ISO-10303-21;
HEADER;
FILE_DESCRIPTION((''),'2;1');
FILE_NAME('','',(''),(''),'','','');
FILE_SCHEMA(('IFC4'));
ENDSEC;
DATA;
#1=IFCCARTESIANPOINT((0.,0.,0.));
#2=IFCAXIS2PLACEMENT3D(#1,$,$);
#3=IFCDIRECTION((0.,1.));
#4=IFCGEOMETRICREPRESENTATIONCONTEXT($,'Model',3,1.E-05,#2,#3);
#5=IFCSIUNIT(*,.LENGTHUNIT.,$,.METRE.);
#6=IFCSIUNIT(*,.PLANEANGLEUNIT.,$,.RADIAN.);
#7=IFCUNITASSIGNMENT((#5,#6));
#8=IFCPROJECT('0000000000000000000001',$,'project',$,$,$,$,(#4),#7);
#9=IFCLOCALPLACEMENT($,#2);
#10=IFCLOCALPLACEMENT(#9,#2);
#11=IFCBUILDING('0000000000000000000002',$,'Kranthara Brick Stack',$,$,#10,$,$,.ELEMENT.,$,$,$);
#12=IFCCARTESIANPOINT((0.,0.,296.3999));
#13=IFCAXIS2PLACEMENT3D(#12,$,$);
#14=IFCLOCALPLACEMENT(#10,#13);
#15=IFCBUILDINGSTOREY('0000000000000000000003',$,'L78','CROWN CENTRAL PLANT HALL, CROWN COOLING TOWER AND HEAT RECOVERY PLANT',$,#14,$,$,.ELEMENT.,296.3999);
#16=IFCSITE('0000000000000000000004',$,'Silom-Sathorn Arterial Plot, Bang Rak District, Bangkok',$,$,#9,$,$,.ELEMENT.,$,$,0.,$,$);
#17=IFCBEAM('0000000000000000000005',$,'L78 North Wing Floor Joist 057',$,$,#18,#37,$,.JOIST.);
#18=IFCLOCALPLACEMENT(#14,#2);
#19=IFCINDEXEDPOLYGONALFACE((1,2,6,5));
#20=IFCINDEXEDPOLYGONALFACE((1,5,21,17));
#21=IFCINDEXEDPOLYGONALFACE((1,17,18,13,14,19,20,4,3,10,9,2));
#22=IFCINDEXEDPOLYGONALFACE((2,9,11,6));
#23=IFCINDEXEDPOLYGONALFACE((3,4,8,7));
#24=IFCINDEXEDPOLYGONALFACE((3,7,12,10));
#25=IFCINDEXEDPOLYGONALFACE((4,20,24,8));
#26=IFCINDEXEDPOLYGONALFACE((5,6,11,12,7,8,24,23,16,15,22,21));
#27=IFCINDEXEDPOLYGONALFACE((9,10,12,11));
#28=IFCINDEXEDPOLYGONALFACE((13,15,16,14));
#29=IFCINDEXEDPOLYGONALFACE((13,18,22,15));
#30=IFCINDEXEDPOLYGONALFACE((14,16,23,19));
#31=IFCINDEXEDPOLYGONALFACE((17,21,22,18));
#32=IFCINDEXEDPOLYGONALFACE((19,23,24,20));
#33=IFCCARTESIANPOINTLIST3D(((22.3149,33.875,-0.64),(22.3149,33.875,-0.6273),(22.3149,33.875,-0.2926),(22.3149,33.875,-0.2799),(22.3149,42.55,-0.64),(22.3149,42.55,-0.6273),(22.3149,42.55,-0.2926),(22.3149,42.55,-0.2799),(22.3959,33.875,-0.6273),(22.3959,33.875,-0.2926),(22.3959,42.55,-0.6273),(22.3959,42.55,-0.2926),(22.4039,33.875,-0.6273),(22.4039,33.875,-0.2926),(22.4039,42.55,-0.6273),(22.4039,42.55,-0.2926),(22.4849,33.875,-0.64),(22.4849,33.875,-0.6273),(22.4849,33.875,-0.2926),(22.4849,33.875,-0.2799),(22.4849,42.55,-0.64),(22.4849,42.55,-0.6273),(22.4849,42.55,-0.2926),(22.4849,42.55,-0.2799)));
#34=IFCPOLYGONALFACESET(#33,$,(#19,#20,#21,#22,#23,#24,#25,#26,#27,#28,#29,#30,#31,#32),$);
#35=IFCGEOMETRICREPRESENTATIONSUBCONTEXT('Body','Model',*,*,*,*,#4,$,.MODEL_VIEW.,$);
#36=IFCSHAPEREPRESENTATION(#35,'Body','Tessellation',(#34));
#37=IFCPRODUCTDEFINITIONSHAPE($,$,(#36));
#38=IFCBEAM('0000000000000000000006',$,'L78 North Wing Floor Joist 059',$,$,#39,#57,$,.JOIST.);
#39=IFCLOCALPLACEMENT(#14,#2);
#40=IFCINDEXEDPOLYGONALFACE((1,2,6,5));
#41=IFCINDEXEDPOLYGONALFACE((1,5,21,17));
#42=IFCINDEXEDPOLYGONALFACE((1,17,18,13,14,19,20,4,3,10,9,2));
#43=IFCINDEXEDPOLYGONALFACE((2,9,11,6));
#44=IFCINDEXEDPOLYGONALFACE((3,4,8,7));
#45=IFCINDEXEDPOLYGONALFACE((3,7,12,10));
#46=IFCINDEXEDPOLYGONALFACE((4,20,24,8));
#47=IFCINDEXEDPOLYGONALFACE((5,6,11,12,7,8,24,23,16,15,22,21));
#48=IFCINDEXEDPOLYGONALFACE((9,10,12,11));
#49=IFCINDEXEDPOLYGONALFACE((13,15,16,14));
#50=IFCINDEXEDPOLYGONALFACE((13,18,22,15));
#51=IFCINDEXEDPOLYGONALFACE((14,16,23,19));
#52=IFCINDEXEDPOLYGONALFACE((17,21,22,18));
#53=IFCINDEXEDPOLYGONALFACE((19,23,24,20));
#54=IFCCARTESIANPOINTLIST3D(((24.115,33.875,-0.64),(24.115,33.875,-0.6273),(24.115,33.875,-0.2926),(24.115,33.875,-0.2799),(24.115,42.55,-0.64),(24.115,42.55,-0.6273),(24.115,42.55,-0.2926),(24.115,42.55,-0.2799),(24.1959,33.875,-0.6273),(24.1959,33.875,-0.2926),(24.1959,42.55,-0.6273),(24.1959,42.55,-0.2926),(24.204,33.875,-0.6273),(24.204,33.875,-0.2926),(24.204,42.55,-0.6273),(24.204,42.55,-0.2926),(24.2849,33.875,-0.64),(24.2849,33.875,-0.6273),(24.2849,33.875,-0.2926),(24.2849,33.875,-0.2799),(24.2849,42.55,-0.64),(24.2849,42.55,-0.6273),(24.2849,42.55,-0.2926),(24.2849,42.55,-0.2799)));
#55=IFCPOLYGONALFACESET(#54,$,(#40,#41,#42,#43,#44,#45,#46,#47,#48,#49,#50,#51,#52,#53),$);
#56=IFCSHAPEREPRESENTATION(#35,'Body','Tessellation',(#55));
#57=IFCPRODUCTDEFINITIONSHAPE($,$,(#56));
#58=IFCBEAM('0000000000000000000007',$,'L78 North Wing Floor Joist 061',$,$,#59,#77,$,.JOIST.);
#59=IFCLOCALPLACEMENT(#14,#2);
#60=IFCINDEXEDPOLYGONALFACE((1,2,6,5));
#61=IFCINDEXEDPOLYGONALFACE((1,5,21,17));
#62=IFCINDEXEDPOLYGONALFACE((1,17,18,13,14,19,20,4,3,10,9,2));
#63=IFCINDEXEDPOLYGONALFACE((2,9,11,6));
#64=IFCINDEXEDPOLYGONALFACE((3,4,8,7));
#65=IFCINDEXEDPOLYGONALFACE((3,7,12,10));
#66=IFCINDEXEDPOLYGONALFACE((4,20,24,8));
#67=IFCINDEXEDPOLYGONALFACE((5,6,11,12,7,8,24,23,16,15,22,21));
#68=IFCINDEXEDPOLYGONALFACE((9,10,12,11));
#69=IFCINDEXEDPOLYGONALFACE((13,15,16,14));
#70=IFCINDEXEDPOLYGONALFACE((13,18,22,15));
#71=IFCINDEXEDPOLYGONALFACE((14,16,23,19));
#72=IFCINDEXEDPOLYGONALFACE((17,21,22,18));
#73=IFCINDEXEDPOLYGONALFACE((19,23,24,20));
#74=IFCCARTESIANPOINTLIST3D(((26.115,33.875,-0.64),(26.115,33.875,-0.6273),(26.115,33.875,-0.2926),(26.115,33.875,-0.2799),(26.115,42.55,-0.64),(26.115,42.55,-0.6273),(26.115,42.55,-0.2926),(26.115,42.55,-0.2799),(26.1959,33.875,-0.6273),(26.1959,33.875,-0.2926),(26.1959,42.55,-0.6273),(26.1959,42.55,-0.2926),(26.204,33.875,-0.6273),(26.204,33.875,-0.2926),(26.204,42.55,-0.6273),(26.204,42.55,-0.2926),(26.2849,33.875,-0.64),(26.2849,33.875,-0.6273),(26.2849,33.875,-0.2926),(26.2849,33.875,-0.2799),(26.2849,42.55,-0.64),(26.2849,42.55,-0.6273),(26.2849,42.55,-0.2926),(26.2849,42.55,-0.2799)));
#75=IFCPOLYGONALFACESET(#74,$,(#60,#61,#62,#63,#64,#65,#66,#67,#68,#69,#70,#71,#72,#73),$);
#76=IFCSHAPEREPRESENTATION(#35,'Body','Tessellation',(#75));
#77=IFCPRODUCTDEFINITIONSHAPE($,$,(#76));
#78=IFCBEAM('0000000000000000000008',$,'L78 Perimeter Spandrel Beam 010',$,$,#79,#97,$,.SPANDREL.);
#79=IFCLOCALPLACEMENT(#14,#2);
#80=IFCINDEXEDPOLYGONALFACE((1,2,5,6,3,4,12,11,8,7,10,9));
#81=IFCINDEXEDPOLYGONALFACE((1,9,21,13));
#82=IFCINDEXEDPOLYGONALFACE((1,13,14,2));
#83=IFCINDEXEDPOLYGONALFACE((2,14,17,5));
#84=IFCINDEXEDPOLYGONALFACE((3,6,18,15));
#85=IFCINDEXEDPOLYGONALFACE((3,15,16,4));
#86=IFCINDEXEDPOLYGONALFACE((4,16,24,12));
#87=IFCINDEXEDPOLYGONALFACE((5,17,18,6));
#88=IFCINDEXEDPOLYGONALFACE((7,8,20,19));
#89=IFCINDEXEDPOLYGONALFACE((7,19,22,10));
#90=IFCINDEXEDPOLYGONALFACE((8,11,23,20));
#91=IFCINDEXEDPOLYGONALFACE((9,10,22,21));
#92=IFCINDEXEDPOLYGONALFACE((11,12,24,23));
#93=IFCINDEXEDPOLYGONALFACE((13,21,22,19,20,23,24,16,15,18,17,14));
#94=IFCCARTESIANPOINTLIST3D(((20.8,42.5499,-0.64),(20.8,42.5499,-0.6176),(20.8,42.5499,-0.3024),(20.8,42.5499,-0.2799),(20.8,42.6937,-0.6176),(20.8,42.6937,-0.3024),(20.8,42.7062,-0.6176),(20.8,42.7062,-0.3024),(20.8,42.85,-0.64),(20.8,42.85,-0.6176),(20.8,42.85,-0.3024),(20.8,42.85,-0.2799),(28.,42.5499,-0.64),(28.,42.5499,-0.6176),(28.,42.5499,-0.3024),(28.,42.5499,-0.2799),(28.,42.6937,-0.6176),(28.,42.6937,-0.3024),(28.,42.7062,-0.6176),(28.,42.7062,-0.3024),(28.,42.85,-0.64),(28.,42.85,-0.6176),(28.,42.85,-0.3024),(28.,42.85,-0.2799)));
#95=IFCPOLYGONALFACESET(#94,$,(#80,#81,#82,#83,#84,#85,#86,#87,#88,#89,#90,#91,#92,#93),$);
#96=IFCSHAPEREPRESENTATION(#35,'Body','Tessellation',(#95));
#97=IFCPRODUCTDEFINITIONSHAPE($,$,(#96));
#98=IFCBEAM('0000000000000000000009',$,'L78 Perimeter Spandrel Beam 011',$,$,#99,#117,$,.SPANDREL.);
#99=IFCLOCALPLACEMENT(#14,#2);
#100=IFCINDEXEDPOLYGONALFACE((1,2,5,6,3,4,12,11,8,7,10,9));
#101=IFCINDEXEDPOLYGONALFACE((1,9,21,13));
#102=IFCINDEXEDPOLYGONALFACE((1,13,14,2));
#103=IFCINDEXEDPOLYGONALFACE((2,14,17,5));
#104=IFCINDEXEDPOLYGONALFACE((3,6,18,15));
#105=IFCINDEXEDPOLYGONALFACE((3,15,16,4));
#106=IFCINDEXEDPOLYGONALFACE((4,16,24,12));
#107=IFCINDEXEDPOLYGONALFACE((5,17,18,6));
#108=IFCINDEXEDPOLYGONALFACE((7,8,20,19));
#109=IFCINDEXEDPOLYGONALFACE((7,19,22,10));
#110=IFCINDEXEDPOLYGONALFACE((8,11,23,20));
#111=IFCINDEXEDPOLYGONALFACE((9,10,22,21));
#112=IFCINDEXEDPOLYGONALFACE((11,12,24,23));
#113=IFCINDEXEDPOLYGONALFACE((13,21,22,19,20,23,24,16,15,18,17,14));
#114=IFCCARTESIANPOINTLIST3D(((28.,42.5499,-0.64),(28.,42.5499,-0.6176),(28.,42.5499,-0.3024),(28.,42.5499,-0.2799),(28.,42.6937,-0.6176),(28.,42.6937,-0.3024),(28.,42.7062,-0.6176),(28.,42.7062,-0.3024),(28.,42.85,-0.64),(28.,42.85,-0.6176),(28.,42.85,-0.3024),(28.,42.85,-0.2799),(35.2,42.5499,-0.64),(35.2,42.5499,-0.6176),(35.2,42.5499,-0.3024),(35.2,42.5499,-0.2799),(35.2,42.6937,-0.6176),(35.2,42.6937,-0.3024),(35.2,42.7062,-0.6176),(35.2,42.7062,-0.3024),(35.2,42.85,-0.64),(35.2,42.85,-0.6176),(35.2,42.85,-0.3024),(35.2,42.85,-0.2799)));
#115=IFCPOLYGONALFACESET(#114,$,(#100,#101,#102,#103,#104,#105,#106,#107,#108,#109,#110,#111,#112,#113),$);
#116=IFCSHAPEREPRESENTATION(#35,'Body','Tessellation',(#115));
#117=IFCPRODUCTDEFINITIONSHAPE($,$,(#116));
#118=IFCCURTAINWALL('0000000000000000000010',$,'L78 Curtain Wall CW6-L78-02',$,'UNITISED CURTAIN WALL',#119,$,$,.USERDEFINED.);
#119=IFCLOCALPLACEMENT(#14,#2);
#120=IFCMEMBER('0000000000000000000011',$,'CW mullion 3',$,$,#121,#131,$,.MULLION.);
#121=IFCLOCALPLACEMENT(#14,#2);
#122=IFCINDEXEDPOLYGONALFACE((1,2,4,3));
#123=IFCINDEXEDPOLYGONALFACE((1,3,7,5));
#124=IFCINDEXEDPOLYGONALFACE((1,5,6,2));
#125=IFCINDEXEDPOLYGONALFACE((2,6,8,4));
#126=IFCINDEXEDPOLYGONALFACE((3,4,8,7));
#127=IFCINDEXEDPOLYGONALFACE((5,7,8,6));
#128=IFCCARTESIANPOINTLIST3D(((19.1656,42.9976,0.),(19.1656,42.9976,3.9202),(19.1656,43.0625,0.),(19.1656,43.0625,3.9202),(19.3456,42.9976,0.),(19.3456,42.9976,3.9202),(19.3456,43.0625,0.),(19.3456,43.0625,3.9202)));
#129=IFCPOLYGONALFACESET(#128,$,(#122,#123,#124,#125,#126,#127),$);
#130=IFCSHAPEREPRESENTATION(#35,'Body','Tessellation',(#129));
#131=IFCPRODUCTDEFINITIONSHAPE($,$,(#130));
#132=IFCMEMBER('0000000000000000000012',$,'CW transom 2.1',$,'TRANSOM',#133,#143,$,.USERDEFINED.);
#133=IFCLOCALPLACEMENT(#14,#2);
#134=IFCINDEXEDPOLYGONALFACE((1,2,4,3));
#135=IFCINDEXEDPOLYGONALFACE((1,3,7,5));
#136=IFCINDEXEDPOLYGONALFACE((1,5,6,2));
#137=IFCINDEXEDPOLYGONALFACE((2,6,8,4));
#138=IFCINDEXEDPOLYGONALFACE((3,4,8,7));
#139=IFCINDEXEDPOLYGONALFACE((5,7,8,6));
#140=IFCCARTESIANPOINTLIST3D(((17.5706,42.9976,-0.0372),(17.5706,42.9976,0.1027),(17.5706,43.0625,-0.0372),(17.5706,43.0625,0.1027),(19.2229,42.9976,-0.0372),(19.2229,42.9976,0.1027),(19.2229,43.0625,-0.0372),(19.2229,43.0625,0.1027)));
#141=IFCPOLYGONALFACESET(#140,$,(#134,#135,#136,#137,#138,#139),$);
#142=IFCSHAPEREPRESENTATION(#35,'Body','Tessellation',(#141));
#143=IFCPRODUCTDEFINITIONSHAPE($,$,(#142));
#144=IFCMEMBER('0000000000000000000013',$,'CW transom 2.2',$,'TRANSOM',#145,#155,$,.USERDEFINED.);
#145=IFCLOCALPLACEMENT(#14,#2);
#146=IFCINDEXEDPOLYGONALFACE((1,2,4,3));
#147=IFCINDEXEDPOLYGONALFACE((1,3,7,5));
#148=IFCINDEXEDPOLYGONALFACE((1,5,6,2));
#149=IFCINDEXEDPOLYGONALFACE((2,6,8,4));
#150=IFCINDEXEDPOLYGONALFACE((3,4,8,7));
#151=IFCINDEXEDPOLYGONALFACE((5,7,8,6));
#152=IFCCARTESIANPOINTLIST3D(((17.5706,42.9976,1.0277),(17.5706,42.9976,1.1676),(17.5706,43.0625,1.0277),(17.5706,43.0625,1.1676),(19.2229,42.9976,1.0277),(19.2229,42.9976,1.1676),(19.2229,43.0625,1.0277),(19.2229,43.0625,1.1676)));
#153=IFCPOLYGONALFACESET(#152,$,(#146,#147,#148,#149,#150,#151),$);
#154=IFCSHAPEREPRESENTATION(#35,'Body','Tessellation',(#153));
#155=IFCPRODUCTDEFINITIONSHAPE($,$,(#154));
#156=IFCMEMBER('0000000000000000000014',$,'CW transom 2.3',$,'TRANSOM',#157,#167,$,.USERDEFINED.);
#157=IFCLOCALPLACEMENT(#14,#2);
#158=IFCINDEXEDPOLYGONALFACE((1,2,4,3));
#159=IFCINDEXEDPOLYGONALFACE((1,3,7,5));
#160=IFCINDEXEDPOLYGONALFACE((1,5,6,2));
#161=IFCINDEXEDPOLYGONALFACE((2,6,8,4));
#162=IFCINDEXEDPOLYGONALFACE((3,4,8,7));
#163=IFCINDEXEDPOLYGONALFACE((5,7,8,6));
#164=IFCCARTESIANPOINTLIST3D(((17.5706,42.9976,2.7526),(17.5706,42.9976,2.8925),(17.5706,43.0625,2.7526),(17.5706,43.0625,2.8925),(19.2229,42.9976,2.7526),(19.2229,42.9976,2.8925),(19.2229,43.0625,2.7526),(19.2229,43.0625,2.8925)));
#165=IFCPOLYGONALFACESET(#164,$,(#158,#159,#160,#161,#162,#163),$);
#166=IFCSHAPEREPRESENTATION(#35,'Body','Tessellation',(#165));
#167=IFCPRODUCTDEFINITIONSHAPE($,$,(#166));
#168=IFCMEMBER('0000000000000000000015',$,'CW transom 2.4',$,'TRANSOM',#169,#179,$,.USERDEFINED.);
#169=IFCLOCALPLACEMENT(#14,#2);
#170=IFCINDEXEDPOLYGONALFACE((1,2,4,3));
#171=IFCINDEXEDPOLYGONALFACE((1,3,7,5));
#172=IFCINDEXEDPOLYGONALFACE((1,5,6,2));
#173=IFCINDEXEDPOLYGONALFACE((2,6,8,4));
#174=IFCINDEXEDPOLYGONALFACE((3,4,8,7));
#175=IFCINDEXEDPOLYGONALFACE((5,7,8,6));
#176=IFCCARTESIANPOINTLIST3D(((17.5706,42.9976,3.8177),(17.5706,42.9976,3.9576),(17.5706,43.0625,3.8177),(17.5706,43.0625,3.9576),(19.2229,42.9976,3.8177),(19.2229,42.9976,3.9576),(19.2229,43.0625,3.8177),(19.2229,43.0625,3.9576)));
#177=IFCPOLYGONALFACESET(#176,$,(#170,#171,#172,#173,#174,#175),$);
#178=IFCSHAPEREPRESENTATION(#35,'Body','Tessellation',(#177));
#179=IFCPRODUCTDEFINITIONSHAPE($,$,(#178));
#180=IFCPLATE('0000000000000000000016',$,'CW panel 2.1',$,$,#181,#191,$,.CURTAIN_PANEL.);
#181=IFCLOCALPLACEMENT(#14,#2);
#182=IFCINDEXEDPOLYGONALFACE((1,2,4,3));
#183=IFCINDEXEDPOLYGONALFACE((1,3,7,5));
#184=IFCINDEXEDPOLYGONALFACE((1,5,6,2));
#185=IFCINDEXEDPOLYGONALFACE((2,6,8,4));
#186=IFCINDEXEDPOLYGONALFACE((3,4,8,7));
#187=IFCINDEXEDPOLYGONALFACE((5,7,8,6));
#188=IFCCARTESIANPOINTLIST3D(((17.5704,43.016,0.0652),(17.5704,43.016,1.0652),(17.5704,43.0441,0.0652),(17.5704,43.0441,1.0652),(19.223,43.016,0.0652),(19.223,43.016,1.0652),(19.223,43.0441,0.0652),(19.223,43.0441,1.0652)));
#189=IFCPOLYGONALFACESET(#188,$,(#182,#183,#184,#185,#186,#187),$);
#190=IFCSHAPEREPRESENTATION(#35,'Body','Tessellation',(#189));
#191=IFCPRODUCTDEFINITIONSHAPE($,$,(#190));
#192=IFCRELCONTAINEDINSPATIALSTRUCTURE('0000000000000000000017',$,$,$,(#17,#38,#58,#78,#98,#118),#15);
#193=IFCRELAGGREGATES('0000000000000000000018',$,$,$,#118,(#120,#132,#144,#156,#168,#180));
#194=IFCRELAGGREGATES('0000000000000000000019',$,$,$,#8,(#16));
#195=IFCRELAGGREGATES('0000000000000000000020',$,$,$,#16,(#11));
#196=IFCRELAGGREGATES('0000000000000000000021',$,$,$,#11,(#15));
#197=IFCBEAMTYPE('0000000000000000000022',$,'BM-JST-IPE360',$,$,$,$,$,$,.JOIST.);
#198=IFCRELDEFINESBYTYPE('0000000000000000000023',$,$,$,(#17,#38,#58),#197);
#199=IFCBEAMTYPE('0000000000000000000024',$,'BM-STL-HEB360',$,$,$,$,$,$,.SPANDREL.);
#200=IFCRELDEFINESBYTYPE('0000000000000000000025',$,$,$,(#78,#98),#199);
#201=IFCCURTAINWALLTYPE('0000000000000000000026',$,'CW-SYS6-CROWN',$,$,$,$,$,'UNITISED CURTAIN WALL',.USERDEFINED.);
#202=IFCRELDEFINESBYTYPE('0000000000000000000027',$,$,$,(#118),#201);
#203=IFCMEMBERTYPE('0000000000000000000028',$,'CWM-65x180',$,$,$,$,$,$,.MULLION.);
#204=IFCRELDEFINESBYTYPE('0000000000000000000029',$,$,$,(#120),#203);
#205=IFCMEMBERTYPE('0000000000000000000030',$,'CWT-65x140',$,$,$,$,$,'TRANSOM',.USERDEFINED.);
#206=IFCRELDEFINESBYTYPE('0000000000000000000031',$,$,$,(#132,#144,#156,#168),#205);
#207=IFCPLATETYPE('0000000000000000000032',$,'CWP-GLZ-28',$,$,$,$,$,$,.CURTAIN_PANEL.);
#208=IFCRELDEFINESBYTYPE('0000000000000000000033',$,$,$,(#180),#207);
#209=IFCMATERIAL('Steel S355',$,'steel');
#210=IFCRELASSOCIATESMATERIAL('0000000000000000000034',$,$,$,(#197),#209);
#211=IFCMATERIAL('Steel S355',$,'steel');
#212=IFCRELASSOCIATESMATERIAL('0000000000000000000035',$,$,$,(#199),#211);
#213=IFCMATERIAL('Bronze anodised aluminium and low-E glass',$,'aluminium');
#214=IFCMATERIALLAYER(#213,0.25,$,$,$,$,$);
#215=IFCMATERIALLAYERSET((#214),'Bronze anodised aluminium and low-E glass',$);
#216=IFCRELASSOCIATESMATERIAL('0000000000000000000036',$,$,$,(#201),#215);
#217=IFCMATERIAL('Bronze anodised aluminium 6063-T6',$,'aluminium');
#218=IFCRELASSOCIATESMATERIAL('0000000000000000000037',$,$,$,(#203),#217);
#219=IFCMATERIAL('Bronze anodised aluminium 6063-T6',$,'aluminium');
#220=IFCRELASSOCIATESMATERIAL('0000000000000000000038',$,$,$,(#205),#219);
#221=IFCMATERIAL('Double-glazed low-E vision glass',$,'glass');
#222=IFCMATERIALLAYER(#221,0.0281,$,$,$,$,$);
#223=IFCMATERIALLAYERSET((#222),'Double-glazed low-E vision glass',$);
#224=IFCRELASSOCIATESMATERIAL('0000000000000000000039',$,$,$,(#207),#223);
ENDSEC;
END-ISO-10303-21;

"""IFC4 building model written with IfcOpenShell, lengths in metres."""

from ifc_helpers import new_model, si_unit, direction, frame, origin, origin_2d, place, context, subcontext, project, spatial, rectangle, i_section, extrude, material, layer, layer_set, material_profile, profile_set, type_object, element, aggregate, save


model = new_model("IFC4")

# Units and contexts
model_context = context("Model", 3, precision=1e-05, world=origin(), true_north=direction((0.0, 1.0)))
body_context = subcontext(model_context, "Body", "Model", "MODEL_VIEW")
ifc_project = project(units=[si_unit("LENGTHUNIT", "METRE"), si_unit("PLANEANGLEUNIT", "RADIAN")], contexts=[model_context])

# Site, building, storey
site_placement = place(None, origin())
site = spatial("IfcSite", under=ifc_project, at=site_placement, Name="Silom-Sathorn Arterial Plot, Bang Rak District, Bangkok", CompositionType="ELEMENT", RefElevation=0.0)
building_placement = place(site_placement, origin())
building = spatial("IfcBuilding", under=site, at=building_placement, Name="Kranthara Brick Stack", CompositionType="ELEMENT")
storey_placement = place(building_placement, frame((0.0, 0.0, 296.3999)))
storey = spatial("IfcBuildingStorey", under=building, at=storey_placement, Name="L78", Description="CROWN CENTRAL PLANT HALL, CROWN COOLING TOWER AND HEAT RECOVERY PLANT", CompositionType="ELEMENT", Elevation=296.3999)

# Beams
ifc_material_1 = material(Name="Steel S355", Category="steel")
ifc_material_profile_1 = material_profile(ifc_material_1, i_section(OverallWidth=0.1699, OverallDepth=0.3601, WebThickness=0.0081, FlangeThickness=0.0127, at=origin_2d()), Name="IPE 360")
ifc_profile_set_1 = profile_set([ifc_material_profile_1], Name="Steel S355")
beam_type_1 = type_object("IfcBeamType", Name="BM-JST-IPE360", PredefinedType="JOIST", material=ifc_profile_set_1)
for number, where, z_axis, x_axis, name in (
    (1, (22.3999, 33.875, -0.46), (0.0, 1.0, 0.0), (-1.0, 0.0, 0.0), "L78 North Wing Floor Joist 057"),
    (2, (24.2, 33.875, -0.46), (0.0, 1.0, 0.0), (-1.0, 0.0, 0.0), "L78 North Wing Floor Joist 059"),
    (3, (26.2, 33.875, -0.46), (0.0, 1.0, 0.0), (-1.0, 0.0, 0.0), "L78 North Wing Floor Joist 061"),
):
    element("IfcBeam", number, at=place(storey_placement, frame(where, z_axis=z_axis, x_axis=x_axis)), inside=storey, type_object=beam_type_1, Name=name, PredefinedType="JOIST", context=body_context, shape_type="SweptSolid", body=[
        extrude(i_section(OverallWidth=0.1699, OverallDepth=0.3601, WebThickness=0.0081, FlangeThickness=0.0127, at=origin_2d()), origin(), (0.0, 0.0, 1.0), 8.675),
    ])
ifc_material_2 = material(Name="Steel S355", Category="steel")
ifc_material_profile_2 = material_profile(ifc_material_2, i_section(OverallWidth=0.3, OverallDepth=0.3601, WebThickness=0.0125, FlangeThickness=0.0225, at=origin_2d()), Name="HEB 360")
ifc_profile_set_2 = profile_set([ifc_material_profile_2], Name="Steel S355")
beam_type_2 = type_object("IfcBeamType", Name="BM-STL-HEB360", PredefinedType="SPANDREL", material=ifc_profile_set_2)
for number, where, z_axis, x_axis, name in (
    (4, (20.8, 42.7, -0.46), (1.0, 0.0, 0.0), (0.0, 1.0, 0.0), "L78 Perimeter Spandrel Beam 010"),
    (5, (28.0, 42.7, -0.46), (1.0, 0.0, 0.0), (0.0, 1.0, 0.0), "L78 Perimeter Spandrel Beam 011"),
):
    element("IfcBeam", number, at=place(storey_placement, frame(where, z_axis=z_axis, x_axis=x_axis)), inside=storey, type_object=beam_type_2, Name=name, PredefinedType="SPANDREL", context=body_context, shape_type="SweptSolid", body=[
        extrude(i_section(OverallWidth=0.3, OverallDepth=0.3601, WebThickness=0.0125, FlangeThickness=0.0225, at=origin_2d()), origin(), (0.0, 0.0, 1.0), 7.2),
    ])

# Curtain wall, members, plate
ifc_material_3 = material(Name="Bronze anodised aluminium and low-E glass", Category="aluminium")
ifc_layer_1 = layer(ifc_material_3, 0.25)
ifc_layer_set_1 = layer_set([ifc_layer_1], Name="Bronze anodised aluminium and low-E glass")
curtain_wall_type = type_object("IfcCurtainWallType", Name="CW-SYS6-CROWN", ElementType="UNITISED CURTAIN WALL", PredefinedType="USERDEFINED", material=ifc_layer_set_1)
curtain_wall_placement = place(storey_placement, origin())
curtain_wall = element("IfcCurtainWall", 6, at=curtain_wall_placement, inside=storey, type_object=curtain_wall_type, Name="L78 Curtain Wall CW6-L78-02", ObjectType="UNITISED CURTAIN WALL", PredefinedType="USERDEFINED")
ifc_material_4 = material(Name="Bronze anodised aluminium 6063-T6", Category="aluminium")
ifc_material_profile_3 = material_profile(ifc_material_4, rectangle(XDim=0.0649, YDim=0.1799, at=origin_2d()), Name="ALU MULLION 65x180")
ifc_profile_set_3 = profile_set([ifc_material_profile_3], Name="Bronze anodised aluminium 6063-T6")
member_type_1 = type_object("IfcMemberType", Name="CWM-65x180", PredefinedType="MULLION", material=ifc_profile_set_3)
member_1_placement = place(storey_placement, frame((19.2556, 43.03, 0.0), z_axis=(0.0, 0.0, 1.0), x_axis=(0.0, 1.0, 0.0)))
member_1 = element("IfcMember", 7, at=member_1_placement, type_object=member_type_1, Name="CW mullion 3", PredefinedType="MULLION", context=body_context, shape_type="SweptSolid", body=[
    extrude(rectangle(XDim=0.0649, YDim=0.1799, at=origin_2d()), origin(), (0.0, 0.0, 1.0), 3.9202),
])
ifc_material_5 = material(Name="Bronze anodised aluminium 6063-T6", Category="aluminium")
ifc_material_profile_4 = material_profile(ifc_material_5, rectangle(XDim=0.0649, YDim=0.1399, at=origin_2d()), Name="ALU TRANSOM 65x140")
ifc_profile_set_4 = profile_set([ifc_material_profile_4], Name="Bronze anodised aluminium 6063-T6")
member_type_2 = type_object("IfcMemberType", Name="CWT-65x140", ElementType="TRANSOM", PredefinedType="USERDEFINED", material=ifc_profile_set_4)
member_2_placement = place(storey_placement, frame((17.5706, 43.03, 0.0327), z_axis=(1.0, 0.0, 0.0), x_axis=(0.0, 1.0, 0.0)))
member_2 = element("IfcMember", 8, at=member_2_placement, type_object=member_type_2, Name="CW transom 2.1", ObjectType="TRANSOM", PredefinedType="USERDEFINED", context=body_context, shape_type="SweptSolid", body=[
    extrude(rectangle(XDim=0.0649, YDim=0.1399, at=origin_2d()), origin(), (0.0, 0.0, 1.0), 1.6523),
])
member_3_placement = place(storey_placement, frame((17.5706, 43.03, 1.0977), z_axis=(1.0, 0.0, 0.0), x_axis=(0.0, 1.0, 0.0)))
member_3 = element("IfcMember", 9, at=member_3_placement, type_object=member_type_2, Name="CW transom 2.2", ObjectType="TRANSOM", PredefinedType="USERDEFINED", context=body_context, shape_type="SweptSolid", body=[
    extrude(rectangle(XDim=0.0649, YDim=0.1399, at=origin_2d()), origin(), (0.0, 0.0, 1.0), 1.6523),
])
member_4_placement = place(storey_placement, frame((17.5706, 43.03, 2.8225), z_axis=(1.0, 0.0, 0.0), x_axis=(0.0, 1.0, 0.0)))
member_4 = element("IfcMember", 10, at=member_4_placement, type_object=member_type_2, Name="CW transom 2.3", ObjectType="TRANSOM", PredefinedType="USERDEFINED", context=body_context, shape_type="SweptSolid", body=[
    extrude(rectangle(XDim=0.0649, YDim=0.1399, at=origin_2d()), origin(), (0.0, 0.0, 1.0), 1.6523),
])
member_5_placement = place(storey_placement, frame((17.5706, 43.03, 3.8877), z_axis=(1.0, 0.0, 0.0), x_axis=(0.0, 1.0, 0.0)))
member_5 = element("IfcMember", 11, at=member_5_placement, type_object=member_type_2, Name="CW transom 2.4", ObjectType="TRANSOM", PredefinedType="USERDEFINED", context=body_context, shape_type="SweptSolid", body=[
    extrude(rectangle(XDim=0.0649, YDim=0.1399, at=origin_2d()), origin(), (0.0, 0.0, 1.0), 1.6523),
])
ifc_material_6 = material(Name="Double-glazed low-E vision glass", Category="glass")
ifc_layer_2 = layer(ifc_material_6, 0.0281)
ifc_layer_set_2 = layer_set([ifc_layer_2], Name="Double-glazed low-E vision glass")
plate_type = type_object("IfcPlateType", Name="CWP-GLZ-28", PredefinedType="CURTAIN_PANEL", material=ifc_layer_set_2)
plate_1_placement = place(storey_placement, frame((18.3967, 43.03, 0.0652), z_axis=(0.0, 0.0, 1.0), x_axis=(1.0, 0.0, 0.0)))
plate_1 = element("IfcPlate", 12, at=plate_1_placement, type_object=plate_type, Name="CW panel 2.1", PredefinedType="CURTAIN_PANEL", context=body_context, shape_type="SweptSolid", body=[
    extrude(rectangle(XDim=1.6526, YDim=0.0281, at=origin_2d()), origin(), (0.0, 0.0, 1.0), 1.0),
])
aggregate(curtain_wall, [member_1, member_2, member_3, member_4, member_5, plate_1])

save(model, "model.ifc")
